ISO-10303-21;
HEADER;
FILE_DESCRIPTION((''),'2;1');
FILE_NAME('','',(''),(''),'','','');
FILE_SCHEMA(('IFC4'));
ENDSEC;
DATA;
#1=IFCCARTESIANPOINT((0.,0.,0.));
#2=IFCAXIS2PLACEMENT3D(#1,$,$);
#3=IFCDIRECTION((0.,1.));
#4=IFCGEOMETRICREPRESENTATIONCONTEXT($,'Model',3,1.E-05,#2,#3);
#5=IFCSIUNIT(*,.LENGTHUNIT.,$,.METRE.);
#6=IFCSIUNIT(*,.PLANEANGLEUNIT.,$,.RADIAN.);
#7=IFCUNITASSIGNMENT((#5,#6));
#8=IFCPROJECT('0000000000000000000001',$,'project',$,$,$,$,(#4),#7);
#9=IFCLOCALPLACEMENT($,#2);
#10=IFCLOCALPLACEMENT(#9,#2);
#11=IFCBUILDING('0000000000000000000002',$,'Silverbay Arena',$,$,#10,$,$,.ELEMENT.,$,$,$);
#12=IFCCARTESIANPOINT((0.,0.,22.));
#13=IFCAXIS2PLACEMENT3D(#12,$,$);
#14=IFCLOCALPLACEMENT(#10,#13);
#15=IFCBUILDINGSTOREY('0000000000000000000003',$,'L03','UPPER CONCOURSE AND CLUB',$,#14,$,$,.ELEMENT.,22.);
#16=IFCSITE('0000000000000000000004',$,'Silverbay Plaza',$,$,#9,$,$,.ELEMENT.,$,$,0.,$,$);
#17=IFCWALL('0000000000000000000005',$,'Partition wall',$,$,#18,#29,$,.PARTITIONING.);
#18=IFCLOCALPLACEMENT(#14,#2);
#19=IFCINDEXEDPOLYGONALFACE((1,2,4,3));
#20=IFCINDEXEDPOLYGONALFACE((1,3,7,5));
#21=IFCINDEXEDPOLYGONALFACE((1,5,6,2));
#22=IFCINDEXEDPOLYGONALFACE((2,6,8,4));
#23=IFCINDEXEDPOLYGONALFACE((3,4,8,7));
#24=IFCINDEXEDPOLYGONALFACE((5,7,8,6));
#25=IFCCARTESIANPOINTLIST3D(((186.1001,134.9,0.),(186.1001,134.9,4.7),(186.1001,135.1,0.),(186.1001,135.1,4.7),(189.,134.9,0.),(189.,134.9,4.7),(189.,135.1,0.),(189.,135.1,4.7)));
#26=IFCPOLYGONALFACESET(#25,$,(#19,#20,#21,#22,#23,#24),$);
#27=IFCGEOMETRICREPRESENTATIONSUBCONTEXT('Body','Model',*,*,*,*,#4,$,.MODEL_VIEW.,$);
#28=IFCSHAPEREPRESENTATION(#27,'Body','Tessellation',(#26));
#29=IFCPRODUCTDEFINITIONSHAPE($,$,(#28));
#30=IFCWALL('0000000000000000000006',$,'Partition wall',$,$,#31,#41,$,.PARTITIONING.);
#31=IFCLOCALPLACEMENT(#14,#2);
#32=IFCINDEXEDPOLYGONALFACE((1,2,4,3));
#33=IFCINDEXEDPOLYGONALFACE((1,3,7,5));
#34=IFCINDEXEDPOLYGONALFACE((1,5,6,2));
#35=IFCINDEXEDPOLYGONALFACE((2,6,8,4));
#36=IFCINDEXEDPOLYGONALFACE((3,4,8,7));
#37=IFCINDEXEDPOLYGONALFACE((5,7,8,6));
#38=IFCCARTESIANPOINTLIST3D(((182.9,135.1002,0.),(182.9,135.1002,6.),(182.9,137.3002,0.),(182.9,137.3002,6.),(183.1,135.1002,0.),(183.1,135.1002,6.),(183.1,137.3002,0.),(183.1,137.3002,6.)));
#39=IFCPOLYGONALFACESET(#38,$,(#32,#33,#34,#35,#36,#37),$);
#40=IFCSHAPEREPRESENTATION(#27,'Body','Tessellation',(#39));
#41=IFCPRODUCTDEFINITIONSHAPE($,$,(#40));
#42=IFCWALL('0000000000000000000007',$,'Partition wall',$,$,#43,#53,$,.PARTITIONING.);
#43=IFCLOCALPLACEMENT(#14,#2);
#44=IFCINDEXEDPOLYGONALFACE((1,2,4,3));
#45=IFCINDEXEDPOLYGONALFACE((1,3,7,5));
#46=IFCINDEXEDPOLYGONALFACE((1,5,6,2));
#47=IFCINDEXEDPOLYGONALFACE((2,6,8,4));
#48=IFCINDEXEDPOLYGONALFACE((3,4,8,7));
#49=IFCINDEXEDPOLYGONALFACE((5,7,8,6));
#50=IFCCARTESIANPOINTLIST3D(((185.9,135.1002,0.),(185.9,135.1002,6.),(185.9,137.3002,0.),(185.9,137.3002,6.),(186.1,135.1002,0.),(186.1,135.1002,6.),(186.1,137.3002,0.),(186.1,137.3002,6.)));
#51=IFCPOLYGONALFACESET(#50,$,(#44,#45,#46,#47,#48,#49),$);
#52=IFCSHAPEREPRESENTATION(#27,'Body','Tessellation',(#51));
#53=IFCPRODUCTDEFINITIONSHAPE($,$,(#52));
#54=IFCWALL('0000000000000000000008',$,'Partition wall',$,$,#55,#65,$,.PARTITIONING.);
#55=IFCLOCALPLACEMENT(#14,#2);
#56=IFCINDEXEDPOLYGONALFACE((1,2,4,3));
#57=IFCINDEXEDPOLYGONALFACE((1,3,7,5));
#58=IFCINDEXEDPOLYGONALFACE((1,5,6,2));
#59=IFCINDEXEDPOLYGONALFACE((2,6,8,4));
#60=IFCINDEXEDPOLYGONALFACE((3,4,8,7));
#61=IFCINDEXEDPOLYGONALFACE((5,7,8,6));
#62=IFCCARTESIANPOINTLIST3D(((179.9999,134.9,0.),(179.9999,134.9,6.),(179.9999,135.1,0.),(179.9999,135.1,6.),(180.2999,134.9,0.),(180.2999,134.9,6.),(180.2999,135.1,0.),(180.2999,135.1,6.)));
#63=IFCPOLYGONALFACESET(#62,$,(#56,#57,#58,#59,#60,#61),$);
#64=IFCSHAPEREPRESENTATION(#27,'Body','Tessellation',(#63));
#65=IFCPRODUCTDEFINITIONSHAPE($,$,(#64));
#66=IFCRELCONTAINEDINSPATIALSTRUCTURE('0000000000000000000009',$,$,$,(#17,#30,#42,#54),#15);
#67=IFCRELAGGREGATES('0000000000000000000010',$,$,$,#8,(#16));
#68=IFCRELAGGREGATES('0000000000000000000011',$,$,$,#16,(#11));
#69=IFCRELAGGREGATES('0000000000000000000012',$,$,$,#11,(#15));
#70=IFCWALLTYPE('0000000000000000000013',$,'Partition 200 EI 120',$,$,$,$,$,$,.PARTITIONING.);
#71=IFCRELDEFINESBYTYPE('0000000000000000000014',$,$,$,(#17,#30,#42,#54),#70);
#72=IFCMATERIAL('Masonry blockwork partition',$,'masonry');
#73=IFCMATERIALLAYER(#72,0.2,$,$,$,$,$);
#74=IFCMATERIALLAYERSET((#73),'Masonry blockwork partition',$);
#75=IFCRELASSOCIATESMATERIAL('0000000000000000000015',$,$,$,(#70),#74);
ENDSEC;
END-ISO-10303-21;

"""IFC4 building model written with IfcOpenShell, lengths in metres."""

from ifc_helpers import new_model, si_unit, direction, frame, frame_2d, origin, place, context, subcontext, project, spatial, rectangle, extrude, material, layer, layer_set, type_object, element, save


model = new_model("IFC4")

# Units and contexts
model_context = context("Model", 3, precision=1e-05, world=origin(), true_north=direction((0.0, 1.0)))
body_context = subcontext(model_context, "Body", "Model", "MODEL_VIEW")
ifc_project = project(units=[si_unit("LENGTHUNIT", "METRE"), si_unit("PLANEANGLEUNIT", "RADIAN")], contexts=[model_context])

# Site, building, storey
site_placement = place(None, origin())
site = spatial("IfcSite", under=ifc_project, at=site_placement, Name="Silverbay Plaza", CompositionType="ELEMENT", RefElevation=0.0)
building_placement = place(site_placement, origin())
building = spatial("IfcBuilding", under=site, at=building_placement, Name="Silverbay Arena", CompositionType="ELEMENT")
storey_placement = place(building_placement, frame((0.0, 0.0, 22.0)))
storey = spatial("IfcBuildingStorey", under=building, at=storey_placement, Name="L03", Description="UPPER CONCOURSE AND CLUB", CompositionType="ELEMENT", Elevation=22.0)

# Shared definitions
ifc_material_1 = material(Name="Masonry blockwork partition", Category="masonry")
ifc_layer_1 = layer(ifc_material_1, 0.2)
ifc_layer_set_1 = layer_set([ifc_layer_1], Name="Masonry blockwork partition")
wall_type_1 = type_object("IfcWallType", Name="Partition 200 EI 120", PredefinedType="PARTITIONING", material=ifc_layer_set_1)

# Walls
wall_1_placement = place(storey_placement, frame((186.1001, 135.0, 0.0), z_axis=(0.0, 0.0, 1.0), x_axis=(1.0, 0.0, 0.0)))
element("IfcWall", 1, at=wall_1_placement, inside=storey, type_object=wall_type_1, Name="Partition wall", PredefinedType="PARTITIONING", context=body_context, shape_type="SweptSolid", body=[
    extrude(rectangle(XDim=2.8999, YDim=0.2, at=frame_2d((1.45, 0.0))), origin(), (0.0, 0.0, 1.0), 4.7),
])
for number, where, z_axis, x_axis, name in (
    (2, (183.0, 135.1001, 0.0), (0.0, 0.0, 1.0), (0.0, 1.0, 0.0), "Partition wall"),
    (3, (186.0, 135.1001, 0.0), (0.0, 0.0, 1.0), (0.0, 1.0, 0.0), "Partition wall"),
):
    element("IfcWall", number, at=place(storey_placement, frame(where, z_axis=z_axis, x_axis=x_axis)), inside=storey, type_object=wall_type_1, Name=name, PredefinedType="PARTITIONING", context=body_context, shape_type="SweptSolid", body=[
        extrude(rectangle(XDim=2.2, YDim=0.2, at=frame_2d((1.1001, 0.0))), origin(), (0.0, 0.0, 1.0), 6.0),
    ])
wall_2_placement = place(storey_placement, frame((180.0, 135.0, 0.0), z_axis=(0.0, 0.0, 1.0), x_axis=(1.0, 0.0, 0.0)))
element("IfcWall", 4, at=wall_2_placement, inside=storey, type_object=wall_type_1, Name="Partition wall", PredefinedType="PARTITIONING", context=body_context, shape_type="SweptSolid", body=[
    extrude(rectangle(XDim=0.3, YDim=0.2, at=frame_2d((0.1499, 0.0))), origin(), (0.0, 0.0, 1.0), 6.0),
])

save(model, "model.ifc")
